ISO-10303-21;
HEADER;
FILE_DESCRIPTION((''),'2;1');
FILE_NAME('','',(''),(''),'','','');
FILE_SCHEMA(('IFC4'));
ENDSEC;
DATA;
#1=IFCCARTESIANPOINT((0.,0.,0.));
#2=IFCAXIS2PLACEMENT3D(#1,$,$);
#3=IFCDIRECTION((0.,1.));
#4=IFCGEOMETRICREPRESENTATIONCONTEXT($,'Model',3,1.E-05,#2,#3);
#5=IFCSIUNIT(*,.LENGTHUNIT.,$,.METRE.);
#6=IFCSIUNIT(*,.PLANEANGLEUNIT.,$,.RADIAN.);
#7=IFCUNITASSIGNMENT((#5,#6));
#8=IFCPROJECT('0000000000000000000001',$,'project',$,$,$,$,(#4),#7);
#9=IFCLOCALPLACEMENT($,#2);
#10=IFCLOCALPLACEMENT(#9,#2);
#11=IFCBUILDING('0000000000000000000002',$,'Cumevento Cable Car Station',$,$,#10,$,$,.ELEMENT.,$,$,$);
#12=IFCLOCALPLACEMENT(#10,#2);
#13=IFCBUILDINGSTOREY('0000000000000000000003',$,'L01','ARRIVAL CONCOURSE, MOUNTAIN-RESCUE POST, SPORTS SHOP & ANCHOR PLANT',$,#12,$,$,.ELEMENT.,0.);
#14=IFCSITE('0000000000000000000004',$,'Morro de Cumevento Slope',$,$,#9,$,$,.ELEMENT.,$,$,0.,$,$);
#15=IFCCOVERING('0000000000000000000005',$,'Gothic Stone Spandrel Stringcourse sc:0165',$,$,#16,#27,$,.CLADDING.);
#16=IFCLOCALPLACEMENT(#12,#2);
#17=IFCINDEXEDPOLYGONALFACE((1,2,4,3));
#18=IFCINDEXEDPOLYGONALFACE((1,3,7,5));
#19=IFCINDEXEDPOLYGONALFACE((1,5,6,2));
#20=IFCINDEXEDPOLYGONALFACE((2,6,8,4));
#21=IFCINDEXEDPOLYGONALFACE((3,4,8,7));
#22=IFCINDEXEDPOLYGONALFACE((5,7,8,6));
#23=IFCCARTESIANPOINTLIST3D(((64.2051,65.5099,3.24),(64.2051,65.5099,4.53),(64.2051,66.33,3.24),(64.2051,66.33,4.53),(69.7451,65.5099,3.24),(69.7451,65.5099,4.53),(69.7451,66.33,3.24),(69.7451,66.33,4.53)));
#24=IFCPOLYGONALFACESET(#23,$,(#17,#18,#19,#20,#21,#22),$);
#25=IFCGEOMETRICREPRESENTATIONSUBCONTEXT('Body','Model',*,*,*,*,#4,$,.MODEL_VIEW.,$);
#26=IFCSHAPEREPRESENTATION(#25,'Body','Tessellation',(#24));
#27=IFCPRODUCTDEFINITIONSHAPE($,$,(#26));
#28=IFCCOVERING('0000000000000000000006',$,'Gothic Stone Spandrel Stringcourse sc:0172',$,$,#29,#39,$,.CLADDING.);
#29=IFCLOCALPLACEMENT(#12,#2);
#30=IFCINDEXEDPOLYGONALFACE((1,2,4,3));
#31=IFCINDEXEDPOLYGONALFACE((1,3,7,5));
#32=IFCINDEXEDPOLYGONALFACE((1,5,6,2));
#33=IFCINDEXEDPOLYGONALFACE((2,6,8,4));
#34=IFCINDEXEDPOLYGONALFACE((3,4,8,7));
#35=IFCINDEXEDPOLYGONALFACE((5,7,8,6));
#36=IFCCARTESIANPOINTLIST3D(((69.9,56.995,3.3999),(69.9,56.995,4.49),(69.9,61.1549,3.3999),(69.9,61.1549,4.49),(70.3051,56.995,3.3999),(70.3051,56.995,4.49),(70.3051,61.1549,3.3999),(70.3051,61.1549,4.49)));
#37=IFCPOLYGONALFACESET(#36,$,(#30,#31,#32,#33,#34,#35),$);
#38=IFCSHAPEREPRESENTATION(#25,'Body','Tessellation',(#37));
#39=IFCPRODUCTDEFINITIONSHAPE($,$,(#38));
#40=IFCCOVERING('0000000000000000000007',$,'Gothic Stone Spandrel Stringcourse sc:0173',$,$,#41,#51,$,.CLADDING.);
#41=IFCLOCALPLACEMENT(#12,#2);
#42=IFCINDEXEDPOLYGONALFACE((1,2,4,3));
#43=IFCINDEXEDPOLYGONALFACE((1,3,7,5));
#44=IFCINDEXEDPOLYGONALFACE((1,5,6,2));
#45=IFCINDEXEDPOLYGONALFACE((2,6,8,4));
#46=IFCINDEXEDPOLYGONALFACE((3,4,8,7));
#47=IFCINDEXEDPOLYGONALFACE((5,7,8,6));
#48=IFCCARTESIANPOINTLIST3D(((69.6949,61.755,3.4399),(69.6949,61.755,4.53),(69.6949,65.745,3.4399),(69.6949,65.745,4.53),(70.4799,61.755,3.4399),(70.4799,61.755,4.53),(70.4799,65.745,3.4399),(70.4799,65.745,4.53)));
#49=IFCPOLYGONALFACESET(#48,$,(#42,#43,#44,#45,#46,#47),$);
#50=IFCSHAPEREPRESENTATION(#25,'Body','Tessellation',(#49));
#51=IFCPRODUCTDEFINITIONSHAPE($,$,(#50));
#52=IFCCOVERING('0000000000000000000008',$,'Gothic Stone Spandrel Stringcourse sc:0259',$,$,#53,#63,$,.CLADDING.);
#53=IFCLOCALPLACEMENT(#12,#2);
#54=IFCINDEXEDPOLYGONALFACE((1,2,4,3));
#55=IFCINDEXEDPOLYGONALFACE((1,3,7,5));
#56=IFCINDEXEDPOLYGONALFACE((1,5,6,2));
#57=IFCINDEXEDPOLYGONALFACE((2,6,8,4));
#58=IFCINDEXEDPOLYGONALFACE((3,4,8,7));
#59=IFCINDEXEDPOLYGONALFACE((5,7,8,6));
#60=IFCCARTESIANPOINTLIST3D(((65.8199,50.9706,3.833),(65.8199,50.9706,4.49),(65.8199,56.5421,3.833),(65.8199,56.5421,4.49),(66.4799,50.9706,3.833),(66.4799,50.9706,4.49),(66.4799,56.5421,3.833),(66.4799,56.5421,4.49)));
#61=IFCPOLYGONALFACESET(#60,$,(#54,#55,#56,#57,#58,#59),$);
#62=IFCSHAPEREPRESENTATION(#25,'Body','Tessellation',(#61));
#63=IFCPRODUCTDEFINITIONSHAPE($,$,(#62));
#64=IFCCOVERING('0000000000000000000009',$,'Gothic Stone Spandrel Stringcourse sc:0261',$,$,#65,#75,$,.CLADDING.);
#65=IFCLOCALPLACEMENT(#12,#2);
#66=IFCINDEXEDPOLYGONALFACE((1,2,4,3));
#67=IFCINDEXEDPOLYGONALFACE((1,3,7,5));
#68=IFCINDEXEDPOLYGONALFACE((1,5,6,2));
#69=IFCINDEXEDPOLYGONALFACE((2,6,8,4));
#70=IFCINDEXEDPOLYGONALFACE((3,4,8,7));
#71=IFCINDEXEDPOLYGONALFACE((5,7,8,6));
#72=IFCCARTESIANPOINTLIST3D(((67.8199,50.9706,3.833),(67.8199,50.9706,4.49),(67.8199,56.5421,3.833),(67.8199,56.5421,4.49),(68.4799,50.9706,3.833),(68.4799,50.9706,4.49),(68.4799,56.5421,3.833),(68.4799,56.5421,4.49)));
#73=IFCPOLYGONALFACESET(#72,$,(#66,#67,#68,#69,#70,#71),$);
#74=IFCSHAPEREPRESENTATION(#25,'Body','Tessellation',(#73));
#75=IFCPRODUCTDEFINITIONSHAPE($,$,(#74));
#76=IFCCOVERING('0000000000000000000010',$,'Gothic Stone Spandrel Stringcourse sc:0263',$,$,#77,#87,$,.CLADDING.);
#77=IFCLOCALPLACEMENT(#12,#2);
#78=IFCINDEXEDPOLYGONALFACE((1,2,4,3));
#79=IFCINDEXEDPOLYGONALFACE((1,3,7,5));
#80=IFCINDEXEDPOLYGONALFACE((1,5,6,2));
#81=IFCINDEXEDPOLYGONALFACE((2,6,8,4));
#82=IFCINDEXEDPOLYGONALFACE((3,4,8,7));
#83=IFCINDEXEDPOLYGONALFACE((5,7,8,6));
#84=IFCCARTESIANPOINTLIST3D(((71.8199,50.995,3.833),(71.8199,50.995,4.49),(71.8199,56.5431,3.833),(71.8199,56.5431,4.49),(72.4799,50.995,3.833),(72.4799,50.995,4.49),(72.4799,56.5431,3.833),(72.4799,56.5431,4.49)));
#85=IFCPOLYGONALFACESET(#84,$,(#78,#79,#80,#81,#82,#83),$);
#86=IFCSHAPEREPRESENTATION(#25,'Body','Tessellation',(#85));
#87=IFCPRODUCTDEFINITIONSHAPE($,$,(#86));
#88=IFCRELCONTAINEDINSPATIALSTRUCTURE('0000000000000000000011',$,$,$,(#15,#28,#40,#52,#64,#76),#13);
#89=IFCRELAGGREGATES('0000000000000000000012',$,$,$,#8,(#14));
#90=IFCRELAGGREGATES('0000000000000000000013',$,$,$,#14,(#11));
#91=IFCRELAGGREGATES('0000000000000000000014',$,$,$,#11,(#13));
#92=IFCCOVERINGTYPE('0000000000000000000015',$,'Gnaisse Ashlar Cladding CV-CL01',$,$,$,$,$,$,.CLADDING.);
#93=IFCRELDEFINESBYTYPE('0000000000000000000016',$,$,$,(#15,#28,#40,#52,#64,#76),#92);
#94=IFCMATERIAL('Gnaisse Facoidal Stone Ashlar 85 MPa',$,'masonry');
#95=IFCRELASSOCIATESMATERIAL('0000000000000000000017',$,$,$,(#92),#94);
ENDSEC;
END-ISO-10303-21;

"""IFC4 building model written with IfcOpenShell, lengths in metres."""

from ifc_helpers import new_model, si_unit, direction, frame, origin, origin_2d, place, context, subcontext, project, spatial, rectangle, extrude, material, type_object, element, save


model = new_model("IFC4")

# Units and contexts
model_context = context("Model", 3, precision=1e-05, world=origin(), true_north=direction((0.0, 1.0)))
body_context = subcontext(model_context, "Body", "Model", "MODEL_VIEW")
ifc_project = project(units=[si_unit("LENGTHUNIT", "METRE"), si_unit("PLANEANGLEUNIT", "RADIAN")], contexts=[model_context])

# Site, building, storey
site_placement = place(None, origin())
site = spatial("IfcSite", under=ifc_project, at=site_placement, Name="Morro de Cumevento Slope", CompositionType="ELEMENT", RefElevation=0.0)
building_placement = place(site_placement, origin())
building = spatial("IfcBuilding", under=site, at=building_placement, Name="Cumevento Cable Car Station", CompositionType="ELEMENT")
storey_placement = place(building_placement, origin())
storey = spatial("IfcBuildingStorey", under=building, at=storey_placement, Name="L01", Description="ARRIVAL CONCOURSE, MOUNTAIN-RESCUE POST, SPORTS SHOP & ANCHOR PLANT", CompositionType="ELEMENT", Elevation=0.0)

# Coverings
ifc_material_1 = material(Name="Gnaisse Facoidal Stone Ashlar 85 MPa", Category="masonry")
covering_type = type_object("IfcCoveringType", Name="Gnaisse Ashlar Cladding CV-CL01", PredefinedType="CLADDING", material=ifc_material_1)
for number, where, z_axis, x_axis, name in (
    (1, (66.9751, 65.9199, 3.24), (0.0, 0.0, 1.0), (1.0, 0.0, 0.0), "Gothic Stone Spandrel Stringcourse sc:0165"),
):
    element("IfcCovering", number, at=place(storey_placement, frame(where, z_axis=z_axis, x_axis=x_axis)), inside=storey, type_object=covering_type, Name=name, PredefinedType="CLADDING", context=body_context, shape_type="SweptSolid", body=[
        extrude(rectangle(XDim=5.54, YDim=0.8201, at=origin_2d()), origin(), (0.0, 0.0, 1.0), 1.29),
    ])
covering_1_placement = place(storey_placement, frame((70.1025, 59.075, 3.3999), z_axis=(0.0, 0.0, 1.0), x_axis=(0.0, 1.0, 0.0)))
element("IfcCovering", 2, at=covering_1_placement, inside=storey, type_object=covering_type, Name="Gothic Stone Spandrel Stringcourse sc:0172", PredefinedType="CLADDING", context=body_context, shape_type="SweptSolid", body=[
    extrude(rectangle(XDim=4.1599, YDim=0.405, at=origin_2d()), origin(), (0.0, 0.0, 1.0), 1.0901),
])
covering_2_placement = place(storey_placement, frame((70.0874, 63.75, 3.4399), z_axis=(0.0, 0.0, 1.0), x_axis=(0.0, 1.0, 0.0)))
element("IfcCovering", 3, at=covering_2_placement, inside=storey, type_object=covering_type, Name="Gothic Stone Spandrel Stringcourse sc:0173", PredefinedType="CLADDING", context=body_context, shape_type="SweptSolid", body=[
    extrude(rectangle(XDim=3.99, YDim=0.7849, at=origin_2d()), origin(), (0.0, 0.0, 1.0), 1.0901),
])
for number, where, z_axis, x_axis, name in (
    (4, (66.1499, 53.7563, 3.833), (0.0, 0.0, 1.0), (0.0, 1.0, 0.0), "Gothic Stone Spandrel Stringcourse sc:0259"),
    (5, (68.1499, 53.7563, 3.833), (0.0, 0.0, 1.0), (0.0, 1.0, 0.0), "Gothic Stone Spandrel Stringcourse sc:0261"),
):
    element("IfcCovering", number, at=place(storey_placement, frame(where, z_axis=z_axis, x_axis=x_axis)), inside=storey, type_object=covering_type, Name=name, PredefinedType="CLADDING", context=body_context, shape_type="SweptSolid", body=[
        extrude(rectangle(XDim=5.5715, YDim=0.6599, at=origin_2d()), origin(), (0.0, 0.0, 1.0), 0.657),
    ])
covering_3_placement = place(storey_placement, frame((72.1499, 53.769, 3.833), z_axis=(0.0, 0.0, 1.0), x_axis=(0.0, 1.0, 0.0)))
element("IfcCovering", 6, at=covering_3_placement, inside=storey, type_object=covering_type, Name="Gothic Stone Spandrel Stringcourse sc:0263", PredefinedType="CLADDING", context=body_context, shape_type="SweptSolid", body=[
    extrude(rectangle(XDim=5.5481, YDim=0.6599, at=origin_2d()), origin(), (0.0, 0.0, 1.0), 0.657),
])

save(model, "model.ifc")
